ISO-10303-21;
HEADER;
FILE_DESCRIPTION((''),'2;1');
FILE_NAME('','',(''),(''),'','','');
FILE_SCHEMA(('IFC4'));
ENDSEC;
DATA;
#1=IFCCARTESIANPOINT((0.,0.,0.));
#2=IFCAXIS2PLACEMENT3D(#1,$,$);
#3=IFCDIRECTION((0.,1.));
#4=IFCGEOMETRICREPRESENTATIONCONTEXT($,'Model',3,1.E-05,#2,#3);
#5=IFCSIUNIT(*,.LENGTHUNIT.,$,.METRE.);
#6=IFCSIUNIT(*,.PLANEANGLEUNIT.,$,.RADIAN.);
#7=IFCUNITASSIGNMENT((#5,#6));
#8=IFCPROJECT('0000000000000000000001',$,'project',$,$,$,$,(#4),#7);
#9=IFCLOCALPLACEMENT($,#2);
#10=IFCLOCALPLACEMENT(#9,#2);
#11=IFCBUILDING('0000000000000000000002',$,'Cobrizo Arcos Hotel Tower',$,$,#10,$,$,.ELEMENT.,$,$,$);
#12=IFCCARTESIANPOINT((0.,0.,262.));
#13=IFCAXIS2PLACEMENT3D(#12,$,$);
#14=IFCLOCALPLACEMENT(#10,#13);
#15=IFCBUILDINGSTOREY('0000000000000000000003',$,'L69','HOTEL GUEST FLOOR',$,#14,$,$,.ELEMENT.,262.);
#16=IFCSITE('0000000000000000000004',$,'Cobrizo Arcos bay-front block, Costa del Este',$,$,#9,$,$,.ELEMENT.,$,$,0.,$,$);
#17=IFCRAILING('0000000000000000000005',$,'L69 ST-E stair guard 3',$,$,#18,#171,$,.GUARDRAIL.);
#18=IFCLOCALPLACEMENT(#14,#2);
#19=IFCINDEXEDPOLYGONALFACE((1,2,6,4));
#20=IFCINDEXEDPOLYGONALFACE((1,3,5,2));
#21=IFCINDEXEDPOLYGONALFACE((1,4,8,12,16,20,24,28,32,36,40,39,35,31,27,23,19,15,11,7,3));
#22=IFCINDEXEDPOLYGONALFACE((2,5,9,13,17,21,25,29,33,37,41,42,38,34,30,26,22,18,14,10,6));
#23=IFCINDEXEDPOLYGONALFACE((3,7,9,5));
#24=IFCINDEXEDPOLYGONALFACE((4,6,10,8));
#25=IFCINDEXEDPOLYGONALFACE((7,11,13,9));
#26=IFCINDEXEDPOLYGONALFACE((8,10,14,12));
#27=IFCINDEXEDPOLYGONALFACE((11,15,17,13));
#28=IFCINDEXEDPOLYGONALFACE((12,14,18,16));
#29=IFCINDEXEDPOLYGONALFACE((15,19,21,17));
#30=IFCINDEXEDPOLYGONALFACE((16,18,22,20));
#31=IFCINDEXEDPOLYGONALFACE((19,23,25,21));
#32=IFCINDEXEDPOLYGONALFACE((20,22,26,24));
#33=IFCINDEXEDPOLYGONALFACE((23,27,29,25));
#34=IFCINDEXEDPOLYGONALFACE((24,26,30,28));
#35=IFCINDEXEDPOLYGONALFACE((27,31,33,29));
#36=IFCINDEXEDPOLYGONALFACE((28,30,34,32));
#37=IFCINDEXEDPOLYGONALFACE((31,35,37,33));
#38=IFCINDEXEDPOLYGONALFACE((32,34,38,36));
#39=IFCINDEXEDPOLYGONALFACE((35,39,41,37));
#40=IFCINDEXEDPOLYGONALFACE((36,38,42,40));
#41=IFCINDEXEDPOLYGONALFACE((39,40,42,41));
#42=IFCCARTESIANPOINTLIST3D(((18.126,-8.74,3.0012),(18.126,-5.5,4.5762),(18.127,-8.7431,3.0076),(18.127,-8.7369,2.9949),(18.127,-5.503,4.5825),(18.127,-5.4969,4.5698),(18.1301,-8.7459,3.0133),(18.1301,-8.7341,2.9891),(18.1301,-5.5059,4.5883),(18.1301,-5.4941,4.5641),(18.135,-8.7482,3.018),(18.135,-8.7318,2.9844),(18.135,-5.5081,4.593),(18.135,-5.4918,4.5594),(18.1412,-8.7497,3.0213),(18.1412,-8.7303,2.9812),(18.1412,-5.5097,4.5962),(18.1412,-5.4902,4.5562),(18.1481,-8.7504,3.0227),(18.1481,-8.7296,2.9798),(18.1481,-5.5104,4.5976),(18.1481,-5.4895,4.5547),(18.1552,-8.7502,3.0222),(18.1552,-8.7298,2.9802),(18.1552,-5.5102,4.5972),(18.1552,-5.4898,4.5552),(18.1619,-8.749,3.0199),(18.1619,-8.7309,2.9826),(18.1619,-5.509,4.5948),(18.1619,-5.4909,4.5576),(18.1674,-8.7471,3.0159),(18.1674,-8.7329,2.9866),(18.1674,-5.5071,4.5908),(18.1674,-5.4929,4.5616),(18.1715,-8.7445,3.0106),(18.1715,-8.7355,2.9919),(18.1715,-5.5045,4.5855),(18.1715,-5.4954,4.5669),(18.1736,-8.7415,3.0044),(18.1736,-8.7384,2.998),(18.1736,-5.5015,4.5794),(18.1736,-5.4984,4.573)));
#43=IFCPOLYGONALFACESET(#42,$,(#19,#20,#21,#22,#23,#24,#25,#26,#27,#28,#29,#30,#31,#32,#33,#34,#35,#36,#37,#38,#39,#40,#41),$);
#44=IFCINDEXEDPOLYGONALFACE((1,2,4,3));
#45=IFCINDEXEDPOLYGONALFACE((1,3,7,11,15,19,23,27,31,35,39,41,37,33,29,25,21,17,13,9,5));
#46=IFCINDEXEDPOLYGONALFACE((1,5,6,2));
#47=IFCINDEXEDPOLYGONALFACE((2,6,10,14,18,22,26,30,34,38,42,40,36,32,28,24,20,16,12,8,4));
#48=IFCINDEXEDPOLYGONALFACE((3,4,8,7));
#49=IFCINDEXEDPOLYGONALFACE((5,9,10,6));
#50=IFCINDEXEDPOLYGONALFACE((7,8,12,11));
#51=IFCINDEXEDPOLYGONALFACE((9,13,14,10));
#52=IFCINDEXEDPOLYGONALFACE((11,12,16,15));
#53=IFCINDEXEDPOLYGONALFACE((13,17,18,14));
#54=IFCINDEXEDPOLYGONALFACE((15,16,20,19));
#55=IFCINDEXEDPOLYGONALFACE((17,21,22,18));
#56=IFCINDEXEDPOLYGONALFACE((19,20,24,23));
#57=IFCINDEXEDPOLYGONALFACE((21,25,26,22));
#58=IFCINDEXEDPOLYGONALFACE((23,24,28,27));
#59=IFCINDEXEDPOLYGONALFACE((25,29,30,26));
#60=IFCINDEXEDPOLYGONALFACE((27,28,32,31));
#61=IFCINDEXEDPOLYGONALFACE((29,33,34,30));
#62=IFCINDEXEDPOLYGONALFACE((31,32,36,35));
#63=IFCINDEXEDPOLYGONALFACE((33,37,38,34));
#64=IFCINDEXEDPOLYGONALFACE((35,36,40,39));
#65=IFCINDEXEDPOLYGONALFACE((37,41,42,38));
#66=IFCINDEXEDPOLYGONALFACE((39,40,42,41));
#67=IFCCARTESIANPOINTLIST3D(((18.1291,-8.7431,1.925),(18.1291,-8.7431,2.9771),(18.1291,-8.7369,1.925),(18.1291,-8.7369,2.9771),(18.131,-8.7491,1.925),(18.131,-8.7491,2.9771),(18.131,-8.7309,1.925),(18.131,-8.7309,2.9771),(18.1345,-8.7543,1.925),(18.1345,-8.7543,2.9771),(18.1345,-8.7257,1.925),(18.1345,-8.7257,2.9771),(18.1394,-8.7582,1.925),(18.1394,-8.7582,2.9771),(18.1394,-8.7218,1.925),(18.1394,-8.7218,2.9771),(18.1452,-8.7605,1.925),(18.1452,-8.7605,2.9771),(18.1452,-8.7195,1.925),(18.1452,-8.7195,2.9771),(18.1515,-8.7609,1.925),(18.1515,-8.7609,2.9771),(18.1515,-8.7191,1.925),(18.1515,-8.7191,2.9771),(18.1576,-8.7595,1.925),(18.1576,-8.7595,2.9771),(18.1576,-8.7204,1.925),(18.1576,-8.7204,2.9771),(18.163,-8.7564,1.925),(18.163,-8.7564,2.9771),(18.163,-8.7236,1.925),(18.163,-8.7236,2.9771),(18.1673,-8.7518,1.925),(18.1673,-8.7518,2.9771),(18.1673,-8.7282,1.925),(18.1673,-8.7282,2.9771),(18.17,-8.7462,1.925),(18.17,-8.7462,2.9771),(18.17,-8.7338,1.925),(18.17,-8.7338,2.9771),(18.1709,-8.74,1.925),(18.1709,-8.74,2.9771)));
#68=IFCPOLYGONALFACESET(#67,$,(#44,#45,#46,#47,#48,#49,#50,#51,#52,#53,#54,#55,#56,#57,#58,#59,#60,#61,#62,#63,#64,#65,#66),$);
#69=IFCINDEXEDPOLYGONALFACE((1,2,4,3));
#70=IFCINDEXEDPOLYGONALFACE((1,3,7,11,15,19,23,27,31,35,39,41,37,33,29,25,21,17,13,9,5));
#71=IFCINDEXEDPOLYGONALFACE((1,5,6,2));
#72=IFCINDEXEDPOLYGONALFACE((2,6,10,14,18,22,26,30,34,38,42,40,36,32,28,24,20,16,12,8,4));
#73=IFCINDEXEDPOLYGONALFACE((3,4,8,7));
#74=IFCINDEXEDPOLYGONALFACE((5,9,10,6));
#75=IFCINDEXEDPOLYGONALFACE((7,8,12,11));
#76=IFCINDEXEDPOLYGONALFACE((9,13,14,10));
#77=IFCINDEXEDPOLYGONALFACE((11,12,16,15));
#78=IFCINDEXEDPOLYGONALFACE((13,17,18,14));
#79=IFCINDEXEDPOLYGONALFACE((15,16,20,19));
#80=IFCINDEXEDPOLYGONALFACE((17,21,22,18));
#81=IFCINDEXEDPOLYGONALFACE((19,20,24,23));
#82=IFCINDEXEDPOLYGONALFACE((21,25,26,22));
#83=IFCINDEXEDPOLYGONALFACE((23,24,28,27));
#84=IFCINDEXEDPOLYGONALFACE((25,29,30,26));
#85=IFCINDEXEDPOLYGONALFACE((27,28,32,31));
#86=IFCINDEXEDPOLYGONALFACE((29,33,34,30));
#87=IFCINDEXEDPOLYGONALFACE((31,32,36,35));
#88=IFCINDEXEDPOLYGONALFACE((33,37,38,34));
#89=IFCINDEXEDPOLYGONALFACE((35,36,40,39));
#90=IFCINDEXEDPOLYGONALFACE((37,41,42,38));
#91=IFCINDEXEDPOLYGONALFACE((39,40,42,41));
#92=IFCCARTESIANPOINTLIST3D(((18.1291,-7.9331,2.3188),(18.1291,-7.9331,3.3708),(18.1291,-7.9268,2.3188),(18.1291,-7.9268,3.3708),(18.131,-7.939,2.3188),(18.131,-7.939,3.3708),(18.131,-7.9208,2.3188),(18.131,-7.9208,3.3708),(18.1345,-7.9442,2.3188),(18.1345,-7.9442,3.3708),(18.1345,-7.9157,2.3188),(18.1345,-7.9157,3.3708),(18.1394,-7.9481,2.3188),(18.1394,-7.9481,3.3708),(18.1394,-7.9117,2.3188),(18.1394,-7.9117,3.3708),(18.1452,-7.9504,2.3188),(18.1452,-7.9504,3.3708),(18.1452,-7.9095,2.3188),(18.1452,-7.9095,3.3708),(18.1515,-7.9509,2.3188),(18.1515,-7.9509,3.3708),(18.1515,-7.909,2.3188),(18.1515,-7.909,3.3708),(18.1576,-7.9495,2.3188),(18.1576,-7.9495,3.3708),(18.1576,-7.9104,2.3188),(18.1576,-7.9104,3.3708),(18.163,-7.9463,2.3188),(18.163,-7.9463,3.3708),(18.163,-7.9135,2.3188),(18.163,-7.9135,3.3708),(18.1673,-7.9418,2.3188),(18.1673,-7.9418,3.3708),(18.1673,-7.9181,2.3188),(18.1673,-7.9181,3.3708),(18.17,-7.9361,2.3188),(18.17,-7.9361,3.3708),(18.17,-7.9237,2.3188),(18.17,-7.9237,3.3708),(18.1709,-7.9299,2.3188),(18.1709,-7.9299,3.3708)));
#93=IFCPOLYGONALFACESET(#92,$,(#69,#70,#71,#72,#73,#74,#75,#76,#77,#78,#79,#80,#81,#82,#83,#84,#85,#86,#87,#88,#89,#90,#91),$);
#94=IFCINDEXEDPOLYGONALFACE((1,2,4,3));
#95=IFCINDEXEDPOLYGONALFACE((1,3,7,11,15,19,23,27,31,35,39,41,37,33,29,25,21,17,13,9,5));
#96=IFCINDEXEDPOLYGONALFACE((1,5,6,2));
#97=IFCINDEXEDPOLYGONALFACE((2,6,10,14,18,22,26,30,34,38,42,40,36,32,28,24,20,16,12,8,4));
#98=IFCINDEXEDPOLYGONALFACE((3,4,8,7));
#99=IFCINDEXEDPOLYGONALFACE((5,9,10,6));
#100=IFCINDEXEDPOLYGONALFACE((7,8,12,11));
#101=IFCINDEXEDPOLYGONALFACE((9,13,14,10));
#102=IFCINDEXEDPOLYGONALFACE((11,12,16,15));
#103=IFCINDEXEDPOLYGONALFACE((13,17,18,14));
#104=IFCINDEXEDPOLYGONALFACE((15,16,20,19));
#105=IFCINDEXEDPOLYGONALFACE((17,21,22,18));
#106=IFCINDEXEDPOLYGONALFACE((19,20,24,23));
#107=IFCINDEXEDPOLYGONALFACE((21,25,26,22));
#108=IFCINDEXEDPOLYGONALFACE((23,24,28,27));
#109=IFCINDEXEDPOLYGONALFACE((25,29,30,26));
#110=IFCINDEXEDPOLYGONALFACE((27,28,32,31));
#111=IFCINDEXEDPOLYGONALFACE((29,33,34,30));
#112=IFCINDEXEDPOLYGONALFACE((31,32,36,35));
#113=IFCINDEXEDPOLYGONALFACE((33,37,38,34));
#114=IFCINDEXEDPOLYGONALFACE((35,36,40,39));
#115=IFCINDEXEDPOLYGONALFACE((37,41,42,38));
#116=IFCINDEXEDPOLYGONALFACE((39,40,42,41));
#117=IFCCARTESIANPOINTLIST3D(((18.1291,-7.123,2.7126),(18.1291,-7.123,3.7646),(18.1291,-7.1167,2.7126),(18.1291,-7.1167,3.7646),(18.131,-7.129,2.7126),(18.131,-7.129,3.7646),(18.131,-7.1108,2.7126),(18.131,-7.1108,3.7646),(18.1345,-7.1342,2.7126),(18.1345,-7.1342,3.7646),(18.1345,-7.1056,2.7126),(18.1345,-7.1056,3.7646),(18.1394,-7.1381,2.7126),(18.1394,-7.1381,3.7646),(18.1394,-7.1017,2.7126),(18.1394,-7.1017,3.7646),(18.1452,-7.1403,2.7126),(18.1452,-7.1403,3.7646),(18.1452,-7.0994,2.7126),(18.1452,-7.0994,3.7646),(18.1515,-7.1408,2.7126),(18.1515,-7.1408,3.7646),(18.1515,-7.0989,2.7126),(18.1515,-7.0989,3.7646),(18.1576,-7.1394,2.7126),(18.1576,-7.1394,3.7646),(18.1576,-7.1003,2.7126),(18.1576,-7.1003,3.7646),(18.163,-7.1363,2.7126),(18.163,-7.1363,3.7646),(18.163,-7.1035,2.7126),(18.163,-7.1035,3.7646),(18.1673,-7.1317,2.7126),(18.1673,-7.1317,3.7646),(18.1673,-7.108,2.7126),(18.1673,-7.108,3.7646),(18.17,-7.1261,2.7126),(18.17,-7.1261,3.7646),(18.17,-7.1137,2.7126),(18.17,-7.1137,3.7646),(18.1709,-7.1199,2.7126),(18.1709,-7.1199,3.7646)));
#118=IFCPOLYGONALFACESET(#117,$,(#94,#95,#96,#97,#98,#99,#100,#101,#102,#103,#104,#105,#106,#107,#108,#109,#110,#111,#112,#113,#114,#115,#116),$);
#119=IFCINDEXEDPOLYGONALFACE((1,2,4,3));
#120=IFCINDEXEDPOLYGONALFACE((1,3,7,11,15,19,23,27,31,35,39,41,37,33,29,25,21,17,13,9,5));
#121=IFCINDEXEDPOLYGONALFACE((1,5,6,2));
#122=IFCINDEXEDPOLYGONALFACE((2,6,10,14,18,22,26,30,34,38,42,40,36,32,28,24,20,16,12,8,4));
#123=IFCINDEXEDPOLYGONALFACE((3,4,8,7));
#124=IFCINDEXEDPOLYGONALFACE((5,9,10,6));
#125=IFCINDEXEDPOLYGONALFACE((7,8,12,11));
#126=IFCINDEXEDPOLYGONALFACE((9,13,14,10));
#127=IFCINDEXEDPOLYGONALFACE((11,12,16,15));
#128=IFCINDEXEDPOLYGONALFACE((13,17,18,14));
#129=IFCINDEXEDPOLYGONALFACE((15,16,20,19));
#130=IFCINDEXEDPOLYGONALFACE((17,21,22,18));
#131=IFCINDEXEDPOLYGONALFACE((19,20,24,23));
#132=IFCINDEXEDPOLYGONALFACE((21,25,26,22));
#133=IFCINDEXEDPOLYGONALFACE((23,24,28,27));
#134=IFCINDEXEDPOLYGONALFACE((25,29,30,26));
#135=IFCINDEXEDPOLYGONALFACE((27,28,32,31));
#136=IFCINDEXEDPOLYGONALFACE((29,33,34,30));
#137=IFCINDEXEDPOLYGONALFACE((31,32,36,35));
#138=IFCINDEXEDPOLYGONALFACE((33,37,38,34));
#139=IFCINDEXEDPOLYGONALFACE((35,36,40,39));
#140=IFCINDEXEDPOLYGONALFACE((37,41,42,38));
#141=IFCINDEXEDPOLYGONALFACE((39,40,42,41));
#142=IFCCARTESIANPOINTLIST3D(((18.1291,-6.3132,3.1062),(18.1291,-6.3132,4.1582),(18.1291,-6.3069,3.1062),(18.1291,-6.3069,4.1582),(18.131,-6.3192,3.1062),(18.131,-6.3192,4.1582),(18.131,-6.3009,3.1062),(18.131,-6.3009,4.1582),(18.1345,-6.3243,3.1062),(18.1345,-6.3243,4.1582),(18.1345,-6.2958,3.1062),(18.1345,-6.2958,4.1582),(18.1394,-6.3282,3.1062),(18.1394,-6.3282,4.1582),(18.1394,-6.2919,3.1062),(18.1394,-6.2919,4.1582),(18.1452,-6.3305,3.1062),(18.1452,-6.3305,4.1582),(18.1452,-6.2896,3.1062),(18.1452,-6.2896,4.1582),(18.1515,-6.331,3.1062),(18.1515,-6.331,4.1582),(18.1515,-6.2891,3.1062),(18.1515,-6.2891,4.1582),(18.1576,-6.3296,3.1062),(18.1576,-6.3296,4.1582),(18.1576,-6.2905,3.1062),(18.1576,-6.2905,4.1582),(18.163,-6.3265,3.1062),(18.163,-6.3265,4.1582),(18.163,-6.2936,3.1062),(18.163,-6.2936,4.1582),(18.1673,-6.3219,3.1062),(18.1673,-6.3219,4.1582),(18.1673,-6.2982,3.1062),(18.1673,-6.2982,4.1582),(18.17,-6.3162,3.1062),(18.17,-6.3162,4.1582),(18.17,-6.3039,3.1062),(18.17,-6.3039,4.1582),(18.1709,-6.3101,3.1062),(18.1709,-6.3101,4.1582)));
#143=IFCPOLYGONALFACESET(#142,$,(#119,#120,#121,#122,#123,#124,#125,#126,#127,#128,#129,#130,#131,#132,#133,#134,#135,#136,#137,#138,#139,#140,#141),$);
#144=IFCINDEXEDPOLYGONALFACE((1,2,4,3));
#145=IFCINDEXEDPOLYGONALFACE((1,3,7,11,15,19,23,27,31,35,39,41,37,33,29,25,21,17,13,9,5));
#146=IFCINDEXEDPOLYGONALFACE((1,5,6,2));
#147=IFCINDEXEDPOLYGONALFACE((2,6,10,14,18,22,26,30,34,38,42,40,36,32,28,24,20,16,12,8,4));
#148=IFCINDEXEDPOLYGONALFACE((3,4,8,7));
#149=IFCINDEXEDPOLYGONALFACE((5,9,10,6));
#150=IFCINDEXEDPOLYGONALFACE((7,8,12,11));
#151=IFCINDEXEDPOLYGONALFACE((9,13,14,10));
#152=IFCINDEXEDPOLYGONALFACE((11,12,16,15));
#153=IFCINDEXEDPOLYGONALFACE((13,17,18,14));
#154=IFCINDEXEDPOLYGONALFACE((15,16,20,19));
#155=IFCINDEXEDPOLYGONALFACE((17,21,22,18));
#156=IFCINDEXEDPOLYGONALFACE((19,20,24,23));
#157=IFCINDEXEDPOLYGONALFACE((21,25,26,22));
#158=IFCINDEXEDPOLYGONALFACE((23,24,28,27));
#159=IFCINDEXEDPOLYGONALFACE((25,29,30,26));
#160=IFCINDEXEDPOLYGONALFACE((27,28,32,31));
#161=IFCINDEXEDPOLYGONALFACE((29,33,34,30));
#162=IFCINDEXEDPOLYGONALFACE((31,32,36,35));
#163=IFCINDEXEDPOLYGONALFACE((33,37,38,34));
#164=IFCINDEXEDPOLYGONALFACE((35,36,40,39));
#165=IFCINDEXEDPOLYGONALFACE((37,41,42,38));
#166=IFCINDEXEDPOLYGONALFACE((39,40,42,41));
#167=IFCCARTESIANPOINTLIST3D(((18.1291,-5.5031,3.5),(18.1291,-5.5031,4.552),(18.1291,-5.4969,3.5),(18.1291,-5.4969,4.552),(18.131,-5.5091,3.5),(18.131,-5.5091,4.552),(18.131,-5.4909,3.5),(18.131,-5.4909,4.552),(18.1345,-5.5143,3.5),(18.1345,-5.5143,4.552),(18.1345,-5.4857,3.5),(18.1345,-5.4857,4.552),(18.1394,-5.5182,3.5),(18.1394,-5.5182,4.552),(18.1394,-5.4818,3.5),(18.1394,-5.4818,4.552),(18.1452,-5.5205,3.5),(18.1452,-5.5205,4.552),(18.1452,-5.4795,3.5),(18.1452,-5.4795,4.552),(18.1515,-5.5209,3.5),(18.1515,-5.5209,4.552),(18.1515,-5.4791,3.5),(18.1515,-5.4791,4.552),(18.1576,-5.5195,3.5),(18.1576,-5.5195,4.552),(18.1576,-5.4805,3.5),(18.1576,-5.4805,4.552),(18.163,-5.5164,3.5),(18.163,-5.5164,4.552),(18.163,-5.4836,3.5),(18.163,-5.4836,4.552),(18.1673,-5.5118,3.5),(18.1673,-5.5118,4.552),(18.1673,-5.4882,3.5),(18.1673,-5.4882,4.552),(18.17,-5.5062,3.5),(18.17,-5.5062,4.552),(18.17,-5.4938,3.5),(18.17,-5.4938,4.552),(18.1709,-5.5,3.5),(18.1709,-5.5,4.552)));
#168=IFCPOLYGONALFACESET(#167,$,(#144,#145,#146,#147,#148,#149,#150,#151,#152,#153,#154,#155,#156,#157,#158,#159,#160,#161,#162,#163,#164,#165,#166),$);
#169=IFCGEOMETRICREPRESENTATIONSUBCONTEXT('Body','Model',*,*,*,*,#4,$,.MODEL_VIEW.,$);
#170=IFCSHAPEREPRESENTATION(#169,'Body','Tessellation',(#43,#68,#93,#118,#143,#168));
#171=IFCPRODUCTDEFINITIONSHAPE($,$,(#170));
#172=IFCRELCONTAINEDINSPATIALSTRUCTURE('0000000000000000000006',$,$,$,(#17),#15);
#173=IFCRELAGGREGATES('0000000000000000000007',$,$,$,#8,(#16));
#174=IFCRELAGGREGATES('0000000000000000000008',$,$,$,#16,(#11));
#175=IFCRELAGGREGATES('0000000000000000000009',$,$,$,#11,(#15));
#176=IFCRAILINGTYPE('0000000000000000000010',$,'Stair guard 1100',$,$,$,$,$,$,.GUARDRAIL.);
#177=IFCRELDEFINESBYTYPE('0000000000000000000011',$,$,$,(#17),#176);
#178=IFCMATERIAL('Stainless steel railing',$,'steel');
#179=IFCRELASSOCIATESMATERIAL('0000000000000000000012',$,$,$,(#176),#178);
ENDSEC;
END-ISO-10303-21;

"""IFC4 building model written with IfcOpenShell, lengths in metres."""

from ifc_helpers import new_model, si_unit, direction, frame, origin, origin_2d, place, context, subcontext, project, spatial, circle, extrude, material, type_object, element, save


model = new_model("IFC4")

# Units and contexts
model_context = context("Model", 3, precision=1e-05, world=origin(), true_north=direction((0.0, 1.0)))
body_context = subcontext(model_context, "Body", "Model", "MODEL_VIEW")
ifc_project = project(units=[si_unit("LENGTHUNIT", "METRE"), si_unit("PLANEANGLEUNIT", "RADIAN")], contexts=[model_context])

# Site, building, storey
site_placement = place(None, origin())
site = spatial("IfcSite", under=ifc_project, at=site_placement, Name="Cobrizo Arcos bay-front block, Costa del Este", CompositionType="ELEMENT", RefElevation=0.0)
building_placement = place(site_placement, origin())
building = spatial("IfcBuilding", under=site, at=building_placement, Name="Cobrizo Arcos Hotel Tower", CompositionType="ELEMENT")
storey_placement = place(building_placement, frame((0.0, 0.0, 262.0)))
storey = spatial("IfcBuildingStorey", under=building, at=storey_placement, Name="L69", Description="HOTEL GUEST FLOOR", CompositionType="ELEMENT", Elevation=262.0)

# Railing
ifc_material_1 = material(Name="Stainless steel railing", Category="steel")
railing_type_1 = type_object("IfcRailingType", Name="Stair guard 1100", PredefinedType="GUARDRAIL", material=ifc_material_1)
railing_1_placement = place(storey_placement, frame((18.1499, -8.74, 1.925)))
element("IfcRailing", 1, at=railing_1_placement, inside=storey, type_object=railing_type_1, Name="L69 ST-E stair guard 3", PredefinedType="GUARDRAIL", context=body_context, shape_type="SweptSolid", body=[
    extrude(circle(Radius=0.0239, at=origin_2d()), frame((0.0, 0.0, 1.0762), z_axis=(0.0, 0.899373, 0.437183), x_axis=(-1.0, 0.0, 0.0)), (0.0, 0.0, 1.0), 3.6025),
    extrude(circle(Radius=0.021, at=origin_2d()), origin(), (0.0, 0.0, 1.0), 1.052),
    extrude(circle(Radius=0.021, at=origin_2d()), frame((0.0, 0.8101, 0.3938)), (0.0, 0.0, 1.0), 1.052),
    extrude(circle(Radius=0.021, at=origin_2d()), frame((0.0, 1.6201, 0.7876)), (0.0, 0.0, 1.0), 1.052),
    extrude(circle(Radius=0.021, at=origin_2d()), frame((0.0, 2.4299, 1.1812)), (0.0, 0.0, 1.0), 1.052),
    extrude(circle(Radius=0.021, at=origin_2d()), frame((0.0, 3.24, 1.575)), (0.0, 0.0, 1.0), 1.052),
])

save(model, "model.ifc")
